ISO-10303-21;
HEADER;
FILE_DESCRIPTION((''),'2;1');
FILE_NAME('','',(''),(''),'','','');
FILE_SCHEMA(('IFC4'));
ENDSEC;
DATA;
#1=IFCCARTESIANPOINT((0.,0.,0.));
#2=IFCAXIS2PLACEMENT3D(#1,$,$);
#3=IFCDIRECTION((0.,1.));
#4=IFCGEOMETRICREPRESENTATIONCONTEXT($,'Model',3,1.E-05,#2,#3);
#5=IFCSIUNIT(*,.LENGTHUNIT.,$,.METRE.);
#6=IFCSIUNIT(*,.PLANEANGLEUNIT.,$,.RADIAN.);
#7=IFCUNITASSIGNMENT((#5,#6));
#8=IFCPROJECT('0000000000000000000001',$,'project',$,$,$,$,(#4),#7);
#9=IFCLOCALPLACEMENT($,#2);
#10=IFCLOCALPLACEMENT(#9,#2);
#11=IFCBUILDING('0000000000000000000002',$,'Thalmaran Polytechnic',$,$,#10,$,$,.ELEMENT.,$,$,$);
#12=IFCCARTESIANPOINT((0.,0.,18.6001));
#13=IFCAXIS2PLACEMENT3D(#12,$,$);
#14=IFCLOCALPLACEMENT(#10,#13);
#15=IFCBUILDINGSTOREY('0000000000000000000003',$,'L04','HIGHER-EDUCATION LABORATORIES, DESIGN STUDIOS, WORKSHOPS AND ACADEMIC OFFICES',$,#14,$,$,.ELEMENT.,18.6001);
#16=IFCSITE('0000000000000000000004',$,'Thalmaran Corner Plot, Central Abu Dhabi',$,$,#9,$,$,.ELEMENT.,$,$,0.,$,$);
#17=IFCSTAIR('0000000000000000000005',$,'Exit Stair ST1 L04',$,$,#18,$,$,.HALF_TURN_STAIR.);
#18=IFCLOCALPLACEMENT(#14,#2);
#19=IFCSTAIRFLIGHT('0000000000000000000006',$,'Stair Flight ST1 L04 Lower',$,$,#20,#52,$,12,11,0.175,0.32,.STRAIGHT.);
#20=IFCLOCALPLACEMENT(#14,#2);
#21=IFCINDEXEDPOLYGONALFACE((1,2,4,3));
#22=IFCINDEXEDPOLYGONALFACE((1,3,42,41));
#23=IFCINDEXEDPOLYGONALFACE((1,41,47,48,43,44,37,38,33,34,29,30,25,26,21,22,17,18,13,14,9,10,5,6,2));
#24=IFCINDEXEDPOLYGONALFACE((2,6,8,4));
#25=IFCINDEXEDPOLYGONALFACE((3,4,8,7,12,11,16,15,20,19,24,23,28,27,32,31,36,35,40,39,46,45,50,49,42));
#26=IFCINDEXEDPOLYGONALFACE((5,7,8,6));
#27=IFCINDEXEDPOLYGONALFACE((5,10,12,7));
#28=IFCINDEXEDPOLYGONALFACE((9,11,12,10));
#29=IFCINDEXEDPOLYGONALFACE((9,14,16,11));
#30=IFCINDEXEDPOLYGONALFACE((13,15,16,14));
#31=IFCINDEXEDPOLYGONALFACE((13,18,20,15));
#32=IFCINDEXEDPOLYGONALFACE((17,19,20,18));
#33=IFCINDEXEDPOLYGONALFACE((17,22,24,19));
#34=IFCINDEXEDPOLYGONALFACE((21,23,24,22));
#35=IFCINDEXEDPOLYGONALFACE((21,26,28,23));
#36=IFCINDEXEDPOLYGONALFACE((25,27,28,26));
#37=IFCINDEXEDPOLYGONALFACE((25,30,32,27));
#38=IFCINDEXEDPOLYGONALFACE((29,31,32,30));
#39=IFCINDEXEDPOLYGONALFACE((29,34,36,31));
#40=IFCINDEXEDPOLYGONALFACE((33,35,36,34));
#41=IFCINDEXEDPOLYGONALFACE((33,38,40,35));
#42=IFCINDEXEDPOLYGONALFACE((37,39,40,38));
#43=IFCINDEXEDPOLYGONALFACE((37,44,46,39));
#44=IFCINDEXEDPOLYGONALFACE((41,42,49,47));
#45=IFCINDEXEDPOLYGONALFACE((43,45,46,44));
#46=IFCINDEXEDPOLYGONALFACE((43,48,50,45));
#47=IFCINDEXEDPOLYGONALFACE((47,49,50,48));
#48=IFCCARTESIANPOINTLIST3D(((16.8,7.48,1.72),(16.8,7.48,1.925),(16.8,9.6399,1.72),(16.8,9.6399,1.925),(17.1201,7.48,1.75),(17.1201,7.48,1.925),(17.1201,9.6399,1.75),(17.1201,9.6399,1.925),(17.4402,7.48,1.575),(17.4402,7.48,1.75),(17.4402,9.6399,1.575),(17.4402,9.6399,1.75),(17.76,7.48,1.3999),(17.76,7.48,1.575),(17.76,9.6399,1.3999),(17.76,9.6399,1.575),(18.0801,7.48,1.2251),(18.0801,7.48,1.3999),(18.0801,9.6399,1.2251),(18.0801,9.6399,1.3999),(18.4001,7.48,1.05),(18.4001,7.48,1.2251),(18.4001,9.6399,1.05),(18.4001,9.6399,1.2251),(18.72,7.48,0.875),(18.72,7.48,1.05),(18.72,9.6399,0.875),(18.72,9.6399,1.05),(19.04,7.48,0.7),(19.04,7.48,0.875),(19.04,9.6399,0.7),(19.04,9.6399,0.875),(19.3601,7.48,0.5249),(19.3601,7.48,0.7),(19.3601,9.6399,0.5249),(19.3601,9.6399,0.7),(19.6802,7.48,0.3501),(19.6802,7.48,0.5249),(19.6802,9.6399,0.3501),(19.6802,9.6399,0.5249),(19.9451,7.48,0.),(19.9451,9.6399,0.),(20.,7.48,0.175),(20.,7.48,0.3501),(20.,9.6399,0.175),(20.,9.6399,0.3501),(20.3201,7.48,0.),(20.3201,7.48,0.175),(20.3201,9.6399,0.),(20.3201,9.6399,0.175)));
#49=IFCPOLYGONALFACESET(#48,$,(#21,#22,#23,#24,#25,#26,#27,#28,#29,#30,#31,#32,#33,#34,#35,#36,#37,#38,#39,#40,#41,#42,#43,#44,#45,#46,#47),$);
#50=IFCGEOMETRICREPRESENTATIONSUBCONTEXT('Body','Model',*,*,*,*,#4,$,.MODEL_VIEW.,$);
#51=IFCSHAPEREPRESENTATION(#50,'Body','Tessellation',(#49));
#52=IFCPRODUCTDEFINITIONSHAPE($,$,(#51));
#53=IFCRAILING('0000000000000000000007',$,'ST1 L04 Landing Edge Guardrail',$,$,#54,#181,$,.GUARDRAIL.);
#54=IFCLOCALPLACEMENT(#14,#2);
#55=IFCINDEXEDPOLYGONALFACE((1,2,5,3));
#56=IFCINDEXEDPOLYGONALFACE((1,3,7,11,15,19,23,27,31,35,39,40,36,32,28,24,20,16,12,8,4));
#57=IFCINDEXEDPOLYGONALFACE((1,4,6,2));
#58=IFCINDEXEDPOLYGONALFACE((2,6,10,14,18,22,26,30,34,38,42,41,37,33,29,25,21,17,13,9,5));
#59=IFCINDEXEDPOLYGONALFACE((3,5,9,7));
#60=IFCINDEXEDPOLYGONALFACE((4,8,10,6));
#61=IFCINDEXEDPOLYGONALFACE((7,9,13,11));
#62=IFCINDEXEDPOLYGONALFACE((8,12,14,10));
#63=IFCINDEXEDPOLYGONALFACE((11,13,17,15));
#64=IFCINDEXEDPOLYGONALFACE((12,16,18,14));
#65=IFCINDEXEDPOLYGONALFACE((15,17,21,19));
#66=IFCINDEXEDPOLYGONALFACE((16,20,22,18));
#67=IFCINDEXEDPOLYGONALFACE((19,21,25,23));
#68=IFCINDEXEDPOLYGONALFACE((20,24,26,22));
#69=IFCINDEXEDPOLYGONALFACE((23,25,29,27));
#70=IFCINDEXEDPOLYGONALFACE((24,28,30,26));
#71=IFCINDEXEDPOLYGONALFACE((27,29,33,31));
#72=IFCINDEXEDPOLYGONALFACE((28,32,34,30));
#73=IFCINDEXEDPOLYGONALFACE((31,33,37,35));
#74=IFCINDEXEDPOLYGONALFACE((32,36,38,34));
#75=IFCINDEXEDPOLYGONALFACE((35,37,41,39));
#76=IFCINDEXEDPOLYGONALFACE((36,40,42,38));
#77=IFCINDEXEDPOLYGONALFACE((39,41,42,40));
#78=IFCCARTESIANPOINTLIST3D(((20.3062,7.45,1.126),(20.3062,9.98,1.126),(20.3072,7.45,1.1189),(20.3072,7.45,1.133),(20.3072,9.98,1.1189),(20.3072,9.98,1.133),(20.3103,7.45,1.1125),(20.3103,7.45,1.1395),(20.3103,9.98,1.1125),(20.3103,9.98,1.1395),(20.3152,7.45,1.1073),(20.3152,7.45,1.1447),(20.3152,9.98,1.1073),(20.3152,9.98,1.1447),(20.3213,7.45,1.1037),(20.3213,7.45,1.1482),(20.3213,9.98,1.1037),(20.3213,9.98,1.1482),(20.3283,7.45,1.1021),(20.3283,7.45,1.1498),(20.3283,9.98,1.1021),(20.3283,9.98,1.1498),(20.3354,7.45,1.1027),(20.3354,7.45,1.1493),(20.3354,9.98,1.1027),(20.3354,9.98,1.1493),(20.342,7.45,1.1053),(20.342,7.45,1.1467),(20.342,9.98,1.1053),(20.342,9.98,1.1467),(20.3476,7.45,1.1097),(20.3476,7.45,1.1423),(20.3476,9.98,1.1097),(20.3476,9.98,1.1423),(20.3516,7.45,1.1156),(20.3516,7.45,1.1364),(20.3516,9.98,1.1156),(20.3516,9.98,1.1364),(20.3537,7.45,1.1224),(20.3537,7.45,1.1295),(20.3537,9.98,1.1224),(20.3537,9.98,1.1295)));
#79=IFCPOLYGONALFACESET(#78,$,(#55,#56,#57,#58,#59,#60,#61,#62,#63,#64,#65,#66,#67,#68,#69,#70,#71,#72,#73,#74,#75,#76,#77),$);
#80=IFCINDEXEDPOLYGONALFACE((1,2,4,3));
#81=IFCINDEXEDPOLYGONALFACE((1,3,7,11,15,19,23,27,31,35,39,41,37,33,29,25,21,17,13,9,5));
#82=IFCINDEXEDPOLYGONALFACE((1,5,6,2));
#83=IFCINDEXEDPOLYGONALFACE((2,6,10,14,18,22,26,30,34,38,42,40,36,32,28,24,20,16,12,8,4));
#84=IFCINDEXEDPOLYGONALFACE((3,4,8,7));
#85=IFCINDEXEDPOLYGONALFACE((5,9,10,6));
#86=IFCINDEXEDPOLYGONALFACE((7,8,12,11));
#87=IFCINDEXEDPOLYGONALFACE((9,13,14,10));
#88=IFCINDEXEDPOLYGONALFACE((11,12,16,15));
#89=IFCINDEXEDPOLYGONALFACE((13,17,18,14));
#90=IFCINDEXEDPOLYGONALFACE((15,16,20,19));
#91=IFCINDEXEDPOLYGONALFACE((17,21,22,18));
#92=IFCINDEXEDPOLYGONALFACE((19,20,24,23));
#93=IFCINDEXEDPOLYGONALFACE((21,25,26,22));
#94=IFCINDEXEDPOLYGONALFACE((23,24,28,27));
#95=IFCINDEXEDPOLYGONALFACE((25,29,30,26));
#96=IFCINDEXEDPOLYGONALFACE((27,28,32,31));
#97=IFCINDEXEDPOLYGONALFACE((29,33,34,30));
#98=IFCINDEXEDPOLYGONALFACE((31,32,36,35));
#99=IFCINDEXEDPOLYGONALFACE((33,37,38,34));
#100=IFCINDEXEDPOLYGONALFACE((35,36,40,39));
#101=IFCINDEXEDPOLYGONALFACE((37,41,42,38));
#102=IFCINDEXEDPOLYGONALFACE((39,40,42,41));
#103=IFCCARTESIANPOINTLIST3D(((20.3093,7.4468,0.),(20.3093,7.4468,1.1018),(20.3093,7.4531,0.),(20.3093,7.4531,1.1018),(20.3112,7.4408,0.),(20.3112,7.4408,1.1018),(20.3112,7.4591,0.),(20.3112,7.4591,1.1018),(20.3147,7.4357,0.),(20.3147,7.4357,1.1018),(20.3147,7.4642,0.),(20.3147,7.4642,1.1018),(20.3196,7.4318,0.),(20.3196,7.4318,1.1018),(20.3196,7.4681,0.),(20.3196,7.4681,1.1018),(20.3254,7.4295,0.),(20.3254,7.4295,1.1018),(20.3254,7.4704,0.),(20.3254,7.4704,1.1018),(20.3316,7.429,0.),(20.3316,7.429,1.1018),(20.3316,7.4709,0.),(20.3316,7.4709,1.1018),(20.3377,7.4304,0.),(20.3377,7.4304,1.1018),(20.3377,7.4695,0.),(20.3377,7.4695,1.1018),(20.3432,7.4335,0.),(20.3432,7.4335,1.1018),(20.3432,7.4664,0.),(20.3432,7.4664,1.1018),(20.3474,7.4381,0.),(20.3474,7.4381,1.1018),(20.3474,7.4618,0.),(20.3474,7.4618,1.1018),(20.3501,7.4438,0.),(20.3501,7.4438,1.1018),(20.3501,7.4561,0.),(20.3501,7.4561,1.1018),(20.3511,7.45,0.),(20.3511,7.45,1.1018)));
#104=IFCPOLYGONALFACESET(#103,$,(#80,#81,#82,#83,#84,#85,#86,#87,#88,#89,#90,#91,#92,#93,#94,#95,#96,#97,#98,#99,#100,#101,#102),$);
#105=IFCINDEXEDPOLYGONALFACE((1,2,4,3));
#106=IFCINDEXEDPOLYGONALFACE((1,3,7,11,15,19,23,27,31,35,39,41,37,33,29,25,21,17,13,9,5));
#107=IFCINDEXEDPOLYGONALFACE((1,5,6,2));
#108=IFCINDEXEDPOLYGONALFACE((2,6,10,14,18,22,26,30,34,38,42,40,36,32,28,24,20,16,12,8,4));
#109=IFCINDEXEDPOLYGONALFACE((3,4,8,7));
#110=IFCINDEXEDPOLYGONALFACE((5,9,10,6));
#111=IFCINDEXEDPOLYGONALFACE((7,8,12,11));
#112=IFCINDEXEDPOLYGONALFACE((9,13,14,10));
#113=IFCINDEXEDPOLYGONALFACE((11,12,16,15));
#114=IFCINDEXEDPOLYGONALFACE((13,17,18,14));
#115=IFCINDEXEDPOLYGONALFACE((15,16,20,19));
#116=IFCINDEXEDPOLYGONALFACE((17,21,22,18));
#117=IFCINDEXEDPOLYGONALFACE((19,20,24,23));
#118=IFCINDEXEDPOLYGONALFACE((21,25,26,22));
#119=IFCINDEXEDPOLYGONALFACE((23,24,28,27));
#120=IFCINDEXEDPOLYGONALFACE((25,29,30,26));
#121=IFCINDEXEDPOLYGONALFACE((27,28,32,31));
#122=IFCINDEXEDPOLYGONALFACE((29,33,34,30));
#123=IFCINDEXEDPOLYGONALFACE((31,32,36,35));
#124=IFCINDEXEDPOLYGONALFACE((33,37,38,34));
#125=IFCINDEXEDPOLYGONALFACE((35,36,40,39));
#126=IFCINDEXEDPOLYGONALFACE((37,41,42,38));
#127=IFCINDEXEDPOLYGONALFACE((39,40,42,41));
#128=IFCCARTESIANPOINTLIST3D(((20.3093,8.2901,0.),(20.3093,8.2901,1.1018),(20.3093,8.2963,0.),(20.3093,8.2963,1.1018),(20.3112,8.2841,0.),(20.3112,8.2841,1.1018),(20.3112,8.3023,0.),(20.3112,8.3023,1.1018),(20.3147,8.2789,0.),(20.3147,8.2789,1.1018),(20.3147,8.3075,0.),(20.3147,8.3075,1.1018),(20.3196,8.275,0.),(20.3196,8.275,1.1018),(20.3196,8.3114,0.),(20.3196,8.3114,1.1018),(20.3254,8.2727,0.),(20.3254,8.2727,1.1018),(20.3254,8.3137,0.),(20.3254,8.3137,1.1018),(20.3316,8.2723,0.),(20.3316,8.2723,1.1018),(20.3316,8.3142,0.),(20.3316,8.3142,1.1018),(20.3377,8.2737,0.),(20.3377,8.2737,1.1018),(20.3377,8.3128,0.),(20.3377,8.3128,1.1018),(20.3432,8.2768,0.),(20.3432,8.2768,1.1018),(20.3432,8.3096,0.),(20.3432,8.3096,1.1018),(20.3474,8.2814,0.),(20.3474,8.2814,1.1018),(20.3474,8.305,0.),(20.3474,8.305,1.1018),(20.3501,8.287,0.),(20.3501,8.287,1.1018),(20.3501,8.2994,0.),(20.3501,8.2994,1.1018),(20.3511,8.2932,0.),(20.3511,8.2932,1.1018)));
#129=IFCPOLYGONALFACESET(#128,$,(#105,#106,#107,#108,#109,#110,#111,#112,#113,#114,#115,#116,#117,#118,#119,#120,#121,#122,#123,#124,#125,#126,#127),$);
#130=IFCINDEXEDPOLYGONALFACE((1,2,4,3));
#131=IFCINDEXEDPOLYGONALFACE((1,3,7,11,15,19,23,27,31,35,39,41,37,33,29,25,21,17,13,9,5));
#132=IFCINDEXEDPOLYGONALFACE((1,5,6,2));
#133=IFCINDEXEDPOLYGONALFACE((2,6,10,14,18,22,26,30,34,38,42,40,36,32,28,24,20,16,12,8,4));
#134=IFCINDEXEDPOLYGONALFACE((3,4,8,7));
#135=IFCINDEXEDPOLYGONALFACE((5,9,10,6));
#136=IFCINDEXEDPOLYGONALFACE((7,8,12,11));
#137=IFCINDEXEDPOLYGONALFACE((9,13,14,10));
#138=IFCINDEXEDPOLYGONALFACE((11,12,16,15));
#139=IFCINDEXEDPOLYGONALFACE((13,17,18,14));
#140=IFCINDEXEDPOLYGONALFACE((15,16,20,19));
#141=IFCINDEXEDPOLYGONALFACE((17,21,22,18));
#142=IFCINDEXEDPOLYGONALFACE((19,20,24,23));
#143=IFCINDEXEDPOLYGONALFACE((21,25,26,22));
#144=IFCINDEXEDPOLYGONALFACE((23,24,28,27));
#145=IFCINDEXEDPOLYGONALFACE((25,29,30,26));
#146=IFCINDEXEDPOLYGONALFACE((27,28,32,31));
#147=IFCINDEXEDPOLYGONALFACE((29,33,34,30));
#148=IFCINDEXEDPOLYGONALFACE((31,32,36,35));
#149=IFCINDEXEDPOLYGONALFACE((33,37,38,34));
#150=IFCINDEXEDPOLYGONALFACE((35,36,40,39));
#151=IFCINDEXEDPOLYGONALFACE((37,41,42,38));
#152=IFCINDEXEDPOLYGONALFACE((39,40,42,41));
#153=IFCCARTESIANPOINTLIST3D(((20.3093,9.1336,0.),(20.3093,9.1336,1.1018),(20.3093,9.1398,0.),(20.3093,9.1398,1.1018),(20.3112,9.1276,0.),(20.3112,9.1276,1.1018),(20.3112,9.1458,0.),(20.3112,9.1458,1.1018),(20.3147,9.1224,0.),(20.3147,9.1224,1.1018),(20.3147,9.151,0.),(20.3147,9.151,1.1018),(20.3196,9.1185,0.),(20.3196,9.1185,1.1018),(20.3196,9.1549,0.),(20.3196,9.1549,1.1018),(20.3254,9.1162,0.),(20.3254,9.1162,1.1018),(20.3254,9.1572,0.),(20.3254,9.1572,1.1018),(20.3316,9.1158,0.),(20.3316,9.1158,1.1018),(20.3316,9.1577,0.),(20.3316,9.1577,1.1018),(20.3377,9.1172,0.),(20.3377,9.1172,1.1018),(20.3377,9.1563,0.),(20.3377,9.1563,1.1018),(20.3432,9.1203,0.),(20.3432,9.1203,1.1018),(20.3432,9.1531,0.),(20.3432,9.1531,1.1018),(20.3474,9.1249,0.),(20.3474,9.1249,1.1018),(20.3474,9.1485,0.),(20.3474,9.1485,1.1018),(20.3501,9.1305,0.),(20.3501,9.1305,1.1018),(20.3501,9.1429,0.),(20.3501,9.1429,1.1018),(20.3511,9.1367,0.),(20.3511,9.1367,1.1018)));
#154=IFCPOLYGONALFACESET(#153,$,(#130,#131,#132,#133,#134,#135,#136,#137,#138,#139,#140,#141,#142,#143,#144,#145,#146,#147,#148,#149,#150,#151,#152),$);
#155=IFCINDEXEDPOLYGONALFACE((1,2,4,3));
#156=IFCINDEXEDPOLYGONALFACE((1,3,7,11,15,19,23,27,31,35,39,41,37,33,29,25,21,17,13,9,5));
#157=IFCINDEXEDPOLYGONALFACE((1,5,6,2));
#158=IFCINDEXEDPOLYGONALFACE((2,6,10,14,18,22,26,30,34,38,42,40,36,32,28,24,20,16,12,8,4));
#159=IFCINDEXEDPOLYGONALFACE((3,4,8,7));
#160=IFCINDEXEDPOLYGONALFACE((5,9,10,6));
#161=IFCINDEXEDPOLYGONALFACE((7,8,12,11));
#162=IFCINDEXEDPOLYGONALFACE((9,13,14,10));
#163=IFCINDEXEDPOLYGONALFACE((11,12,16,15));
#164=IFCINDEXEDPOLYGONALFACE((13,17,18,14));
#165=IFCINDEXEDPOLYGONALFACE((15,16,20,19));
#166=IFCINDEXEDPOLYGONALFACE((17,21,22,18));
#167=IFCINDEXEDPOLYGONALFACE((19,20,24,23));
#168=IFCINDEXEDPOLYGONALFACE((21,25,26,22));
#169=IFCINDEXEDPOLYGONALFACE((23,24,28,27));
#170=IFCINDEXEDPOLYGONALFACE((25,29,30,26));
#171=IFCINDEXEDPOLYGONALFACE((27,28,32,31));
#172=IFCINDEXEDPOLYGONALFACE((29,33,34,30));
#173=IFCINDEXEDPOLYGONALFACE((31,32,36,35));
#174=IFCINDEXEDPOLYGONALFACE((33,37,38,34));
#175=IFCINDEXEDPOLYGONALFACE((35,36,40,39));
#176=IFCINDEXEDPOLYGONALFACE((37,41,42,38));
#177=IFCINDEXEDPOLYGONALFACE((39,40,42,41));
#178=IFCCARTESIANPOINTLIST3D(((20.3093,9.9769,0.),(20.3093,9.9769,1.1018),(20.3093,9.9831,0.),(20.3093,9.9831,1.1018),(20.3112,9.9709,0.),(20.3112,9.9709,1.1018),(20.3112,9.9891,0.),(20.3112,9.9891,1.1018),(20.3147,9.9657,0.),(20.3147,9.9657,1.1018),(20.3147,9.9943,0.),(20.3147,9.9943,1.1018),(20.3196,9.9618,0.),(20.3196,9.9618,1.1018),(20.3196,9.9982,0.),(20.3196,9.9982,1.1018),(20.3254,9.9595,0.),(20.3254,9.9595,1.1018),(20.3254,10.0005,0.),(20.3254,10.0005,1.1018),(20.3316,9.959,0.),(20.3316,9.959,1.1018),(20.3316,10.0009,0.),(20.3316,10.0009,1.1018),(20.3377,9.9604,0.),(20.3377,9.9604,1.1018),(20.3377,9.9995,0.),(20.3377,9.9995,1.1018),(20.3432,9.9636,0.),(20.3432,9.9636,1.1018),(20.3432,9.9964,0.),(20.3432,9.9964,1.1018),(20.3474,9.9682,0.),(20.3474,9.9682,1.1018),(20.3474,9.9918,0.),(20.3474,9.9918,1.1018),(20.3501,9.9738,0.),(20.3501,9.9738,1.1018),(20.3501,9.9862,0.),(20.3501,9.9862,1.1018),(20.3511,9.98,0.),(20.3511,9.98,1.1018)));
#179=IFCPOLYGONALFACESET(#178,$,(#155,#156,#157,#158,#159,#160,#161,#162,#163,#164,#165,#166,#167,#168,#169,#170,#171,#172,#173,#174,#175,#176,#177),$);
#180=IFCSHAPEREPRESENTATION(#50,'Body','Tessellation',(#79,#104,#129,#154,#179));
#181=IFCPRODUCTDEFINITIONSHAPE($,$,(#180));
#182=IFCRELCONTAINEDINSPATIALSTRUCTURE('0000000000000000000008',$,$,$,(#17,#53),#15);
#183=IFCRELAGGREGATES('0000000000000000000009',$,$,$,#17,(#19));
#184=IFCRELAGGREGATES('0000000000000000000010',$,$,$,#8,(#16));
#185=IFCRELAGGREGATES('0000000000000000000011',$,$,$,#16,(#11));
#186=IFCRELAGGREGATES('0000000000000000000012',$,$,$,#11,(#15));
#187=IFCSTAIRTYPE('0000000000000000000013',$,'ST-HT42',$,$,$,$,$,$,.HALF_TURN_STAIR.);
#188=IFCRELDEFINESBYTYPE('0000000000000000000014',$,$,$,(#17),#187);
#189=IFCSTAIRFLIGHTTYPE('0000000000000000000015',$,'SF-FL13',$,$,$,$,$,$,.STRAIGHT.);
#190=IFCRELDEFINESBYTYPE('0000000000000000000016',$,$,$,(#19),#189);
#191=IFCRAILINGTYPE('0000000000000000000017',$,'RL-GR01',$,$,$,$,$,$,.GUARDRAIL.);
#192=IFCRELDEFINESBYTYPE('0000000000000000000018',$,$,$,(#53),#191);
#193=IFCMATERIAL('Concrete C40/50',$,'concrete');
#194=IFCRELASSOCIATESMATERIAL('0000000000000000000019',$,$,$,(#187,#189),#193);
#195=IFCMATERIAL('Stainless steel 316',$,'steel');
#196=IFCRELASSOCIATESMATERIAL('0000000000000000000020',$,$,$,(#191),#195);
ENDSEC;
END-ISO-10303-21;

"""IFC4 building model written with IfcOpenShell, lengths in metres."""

from ifc_helpers import new_model, si_unit, direction, frame, origin, origin_2d, place, context, subcontext, project, spatial, polyline, circle, outline, extrude, material, type_object, element, aggregate, save


model = new_model("IFC4")

# Units and contexts
model_context = context("Model", 3, precision=1e-05, world=origin(), true_north=direction((0.0, 1.0)))
body_context = subcontext(model_context, "Body", "Model", "MODEL_VIEW")
ifc_project = project(units=[si_unit("LENGTHUNIT", "METRE"), si_unit("PLANEANGLEUNIT", "RADIAN")], contexts=[model_context])

# Site, building, storey
site_placement = place(None, origin())
site = spatial("IfcSite", under=ifc_project, at=site_placement, Name="Thalmaran Corner Plot, Central Abu Dhabi", CompositionType="ELEMENT", RefElevation=0.0)
building_placement = place(site_placement, origin())
building = spatial("IfcBuilding", under=site, at=building_placement, Name="Thalmaran Polytechnic", CompositionType="ELEMENT")
storey_placement = place(building_placement, frame((0.0, 0.0, 18.6001)))
storey = spatial("IfcBuildingStorey", under=building, at=storey_placement, Name="L04", Description="HIGHER-EDUCATION LABORATORIES, DESIGN STUDIOS, WORKSHOPS AND ACADEMIC OFFICES", CompositionType="ELEMENT", Elevation=18.6001)

# Shared definitions
ifc_material_1 = material(Name="Concrete C40/50", Category="concrete")

# Stair, stair flight
stair_type = type_object("IfcStairType", Name="ST-HT42", PredefinedType="HALF_TURN_STAIR", material=ifc_material_1)
stair_placement = place(storey_placement, origin())
stair = element("IfcStair", 1, at=stair_placement, inside=storey, type_object=stair_type, Name="Exit Stair ST1 L04", PredefinedType="HALF_TURN_STAIR")
stair_flight_type = type_object("IfcStairFlightType", Name="SF-FL13", PredefinedType="STRAIGHT", material=ifc_material_1)
stair_flight_placement = place(storey_placement, frame((20.3201, 8.5601, 0.0), z_axis=(0.0, 0.0, 1.0), x_axis=(-1.0, 0.0, 0.0)))
stair_flight = element("IfcStairFlight", 2, at=stair_flight_placement, type_object=stair_flight_type, Name="Stair Flight ST1 L04 Lower", NumberOfRisers=12, NumberOfTreads=11, PredefinedType="STRAIGHT", RiserHeight=0.175, TreadLength=0.32, context=body_context, shape_type="SweptSolid", body=[
    extrude(outline(polyline([(0.0, 0.0), (0.0, 0.175), (0.3201, 0.175), (0.3201, 0.3501), (0.6399, 0.3501), (0.6399, 0.5249), (0.96, 0.5249), (0.96, 0.7), (1.28, 0.7), (1.28, 0.875), (1.6001, 0.875), (1.6001, 1.05), (1.9199, 1.05), (1.9199, 1.2251), (2.24, 1.2251), (2.24, 1.3999), (2.5601, 1.3999), (2.5601, 1.575), (2.8799, 1.575), (2.8799, 1.75), (3.2, 1.75), (3.2, 1.925), (3.52, 1.925), (3.52, 2.1001), (3.52, 1.72), (0.375, 0.0), (0.0, 0.0)])), frame((0.0, 1.0801, 0.0), z_axis=(0.0, -1.0, 0.0), x_axis=(1.0, 0.0, 0.0)), (0.0, 0.0, 1.0), 2.1599),
])
aggregate(stair, [stair_flight])

# Railing
ifc_material_2 = material(Name="Stainless steel 316", Category="steel")
railing_type_1 = type_object("IfcRailingType", Name="RL-GR01", PredefinedType="GUARDRAIL", material=ifc_material_2)
railing_1_placement = place(storey_placement, frame((20.3301, 7.45, 0.0)))
element("IfcRailing", 3, at=railing_1_placement, inside=storey, type_object=railing_type_1, Name="ST1 L04 Landing Edge Guardrail", PredefinedType="GUARDRAIL", context=body_context, shape_type="SweptSolid", body=[
    extrude(circle(Radius=0.0239, at=origin_2d()), frame((0.0, 0.0, 1.126), z_axis=(0.0, 1.0, 0.0), x_axis=(-1.0, 0.0, 0.0)), (0.0, 0.0, 1.0), 2.53),
    extrude(circle(Radius=0.021, at=origin_2d()), origin(), (0.0, 0.0, 1.0), 1.1018),
    extrude(circle(Radius=0.021, at=origin_2d()), frame((0.0, 0.8433, 0.0)), (0.0, 0.0, 1.0), 1.1018),
    extrude(circle(Radius=0.021, at=origin_2d()), frame((0.0, 1.6868, 0.0)), (0.0, 0.0, 1.0), 1.1018),
    extrude(circle(Radius=0.021, at=origin_2d()), frame((0.0, 2.53, 0.0)), (0.0, 0.0, 1.0), 1.1018),
])

save(model, "model.ifc")
